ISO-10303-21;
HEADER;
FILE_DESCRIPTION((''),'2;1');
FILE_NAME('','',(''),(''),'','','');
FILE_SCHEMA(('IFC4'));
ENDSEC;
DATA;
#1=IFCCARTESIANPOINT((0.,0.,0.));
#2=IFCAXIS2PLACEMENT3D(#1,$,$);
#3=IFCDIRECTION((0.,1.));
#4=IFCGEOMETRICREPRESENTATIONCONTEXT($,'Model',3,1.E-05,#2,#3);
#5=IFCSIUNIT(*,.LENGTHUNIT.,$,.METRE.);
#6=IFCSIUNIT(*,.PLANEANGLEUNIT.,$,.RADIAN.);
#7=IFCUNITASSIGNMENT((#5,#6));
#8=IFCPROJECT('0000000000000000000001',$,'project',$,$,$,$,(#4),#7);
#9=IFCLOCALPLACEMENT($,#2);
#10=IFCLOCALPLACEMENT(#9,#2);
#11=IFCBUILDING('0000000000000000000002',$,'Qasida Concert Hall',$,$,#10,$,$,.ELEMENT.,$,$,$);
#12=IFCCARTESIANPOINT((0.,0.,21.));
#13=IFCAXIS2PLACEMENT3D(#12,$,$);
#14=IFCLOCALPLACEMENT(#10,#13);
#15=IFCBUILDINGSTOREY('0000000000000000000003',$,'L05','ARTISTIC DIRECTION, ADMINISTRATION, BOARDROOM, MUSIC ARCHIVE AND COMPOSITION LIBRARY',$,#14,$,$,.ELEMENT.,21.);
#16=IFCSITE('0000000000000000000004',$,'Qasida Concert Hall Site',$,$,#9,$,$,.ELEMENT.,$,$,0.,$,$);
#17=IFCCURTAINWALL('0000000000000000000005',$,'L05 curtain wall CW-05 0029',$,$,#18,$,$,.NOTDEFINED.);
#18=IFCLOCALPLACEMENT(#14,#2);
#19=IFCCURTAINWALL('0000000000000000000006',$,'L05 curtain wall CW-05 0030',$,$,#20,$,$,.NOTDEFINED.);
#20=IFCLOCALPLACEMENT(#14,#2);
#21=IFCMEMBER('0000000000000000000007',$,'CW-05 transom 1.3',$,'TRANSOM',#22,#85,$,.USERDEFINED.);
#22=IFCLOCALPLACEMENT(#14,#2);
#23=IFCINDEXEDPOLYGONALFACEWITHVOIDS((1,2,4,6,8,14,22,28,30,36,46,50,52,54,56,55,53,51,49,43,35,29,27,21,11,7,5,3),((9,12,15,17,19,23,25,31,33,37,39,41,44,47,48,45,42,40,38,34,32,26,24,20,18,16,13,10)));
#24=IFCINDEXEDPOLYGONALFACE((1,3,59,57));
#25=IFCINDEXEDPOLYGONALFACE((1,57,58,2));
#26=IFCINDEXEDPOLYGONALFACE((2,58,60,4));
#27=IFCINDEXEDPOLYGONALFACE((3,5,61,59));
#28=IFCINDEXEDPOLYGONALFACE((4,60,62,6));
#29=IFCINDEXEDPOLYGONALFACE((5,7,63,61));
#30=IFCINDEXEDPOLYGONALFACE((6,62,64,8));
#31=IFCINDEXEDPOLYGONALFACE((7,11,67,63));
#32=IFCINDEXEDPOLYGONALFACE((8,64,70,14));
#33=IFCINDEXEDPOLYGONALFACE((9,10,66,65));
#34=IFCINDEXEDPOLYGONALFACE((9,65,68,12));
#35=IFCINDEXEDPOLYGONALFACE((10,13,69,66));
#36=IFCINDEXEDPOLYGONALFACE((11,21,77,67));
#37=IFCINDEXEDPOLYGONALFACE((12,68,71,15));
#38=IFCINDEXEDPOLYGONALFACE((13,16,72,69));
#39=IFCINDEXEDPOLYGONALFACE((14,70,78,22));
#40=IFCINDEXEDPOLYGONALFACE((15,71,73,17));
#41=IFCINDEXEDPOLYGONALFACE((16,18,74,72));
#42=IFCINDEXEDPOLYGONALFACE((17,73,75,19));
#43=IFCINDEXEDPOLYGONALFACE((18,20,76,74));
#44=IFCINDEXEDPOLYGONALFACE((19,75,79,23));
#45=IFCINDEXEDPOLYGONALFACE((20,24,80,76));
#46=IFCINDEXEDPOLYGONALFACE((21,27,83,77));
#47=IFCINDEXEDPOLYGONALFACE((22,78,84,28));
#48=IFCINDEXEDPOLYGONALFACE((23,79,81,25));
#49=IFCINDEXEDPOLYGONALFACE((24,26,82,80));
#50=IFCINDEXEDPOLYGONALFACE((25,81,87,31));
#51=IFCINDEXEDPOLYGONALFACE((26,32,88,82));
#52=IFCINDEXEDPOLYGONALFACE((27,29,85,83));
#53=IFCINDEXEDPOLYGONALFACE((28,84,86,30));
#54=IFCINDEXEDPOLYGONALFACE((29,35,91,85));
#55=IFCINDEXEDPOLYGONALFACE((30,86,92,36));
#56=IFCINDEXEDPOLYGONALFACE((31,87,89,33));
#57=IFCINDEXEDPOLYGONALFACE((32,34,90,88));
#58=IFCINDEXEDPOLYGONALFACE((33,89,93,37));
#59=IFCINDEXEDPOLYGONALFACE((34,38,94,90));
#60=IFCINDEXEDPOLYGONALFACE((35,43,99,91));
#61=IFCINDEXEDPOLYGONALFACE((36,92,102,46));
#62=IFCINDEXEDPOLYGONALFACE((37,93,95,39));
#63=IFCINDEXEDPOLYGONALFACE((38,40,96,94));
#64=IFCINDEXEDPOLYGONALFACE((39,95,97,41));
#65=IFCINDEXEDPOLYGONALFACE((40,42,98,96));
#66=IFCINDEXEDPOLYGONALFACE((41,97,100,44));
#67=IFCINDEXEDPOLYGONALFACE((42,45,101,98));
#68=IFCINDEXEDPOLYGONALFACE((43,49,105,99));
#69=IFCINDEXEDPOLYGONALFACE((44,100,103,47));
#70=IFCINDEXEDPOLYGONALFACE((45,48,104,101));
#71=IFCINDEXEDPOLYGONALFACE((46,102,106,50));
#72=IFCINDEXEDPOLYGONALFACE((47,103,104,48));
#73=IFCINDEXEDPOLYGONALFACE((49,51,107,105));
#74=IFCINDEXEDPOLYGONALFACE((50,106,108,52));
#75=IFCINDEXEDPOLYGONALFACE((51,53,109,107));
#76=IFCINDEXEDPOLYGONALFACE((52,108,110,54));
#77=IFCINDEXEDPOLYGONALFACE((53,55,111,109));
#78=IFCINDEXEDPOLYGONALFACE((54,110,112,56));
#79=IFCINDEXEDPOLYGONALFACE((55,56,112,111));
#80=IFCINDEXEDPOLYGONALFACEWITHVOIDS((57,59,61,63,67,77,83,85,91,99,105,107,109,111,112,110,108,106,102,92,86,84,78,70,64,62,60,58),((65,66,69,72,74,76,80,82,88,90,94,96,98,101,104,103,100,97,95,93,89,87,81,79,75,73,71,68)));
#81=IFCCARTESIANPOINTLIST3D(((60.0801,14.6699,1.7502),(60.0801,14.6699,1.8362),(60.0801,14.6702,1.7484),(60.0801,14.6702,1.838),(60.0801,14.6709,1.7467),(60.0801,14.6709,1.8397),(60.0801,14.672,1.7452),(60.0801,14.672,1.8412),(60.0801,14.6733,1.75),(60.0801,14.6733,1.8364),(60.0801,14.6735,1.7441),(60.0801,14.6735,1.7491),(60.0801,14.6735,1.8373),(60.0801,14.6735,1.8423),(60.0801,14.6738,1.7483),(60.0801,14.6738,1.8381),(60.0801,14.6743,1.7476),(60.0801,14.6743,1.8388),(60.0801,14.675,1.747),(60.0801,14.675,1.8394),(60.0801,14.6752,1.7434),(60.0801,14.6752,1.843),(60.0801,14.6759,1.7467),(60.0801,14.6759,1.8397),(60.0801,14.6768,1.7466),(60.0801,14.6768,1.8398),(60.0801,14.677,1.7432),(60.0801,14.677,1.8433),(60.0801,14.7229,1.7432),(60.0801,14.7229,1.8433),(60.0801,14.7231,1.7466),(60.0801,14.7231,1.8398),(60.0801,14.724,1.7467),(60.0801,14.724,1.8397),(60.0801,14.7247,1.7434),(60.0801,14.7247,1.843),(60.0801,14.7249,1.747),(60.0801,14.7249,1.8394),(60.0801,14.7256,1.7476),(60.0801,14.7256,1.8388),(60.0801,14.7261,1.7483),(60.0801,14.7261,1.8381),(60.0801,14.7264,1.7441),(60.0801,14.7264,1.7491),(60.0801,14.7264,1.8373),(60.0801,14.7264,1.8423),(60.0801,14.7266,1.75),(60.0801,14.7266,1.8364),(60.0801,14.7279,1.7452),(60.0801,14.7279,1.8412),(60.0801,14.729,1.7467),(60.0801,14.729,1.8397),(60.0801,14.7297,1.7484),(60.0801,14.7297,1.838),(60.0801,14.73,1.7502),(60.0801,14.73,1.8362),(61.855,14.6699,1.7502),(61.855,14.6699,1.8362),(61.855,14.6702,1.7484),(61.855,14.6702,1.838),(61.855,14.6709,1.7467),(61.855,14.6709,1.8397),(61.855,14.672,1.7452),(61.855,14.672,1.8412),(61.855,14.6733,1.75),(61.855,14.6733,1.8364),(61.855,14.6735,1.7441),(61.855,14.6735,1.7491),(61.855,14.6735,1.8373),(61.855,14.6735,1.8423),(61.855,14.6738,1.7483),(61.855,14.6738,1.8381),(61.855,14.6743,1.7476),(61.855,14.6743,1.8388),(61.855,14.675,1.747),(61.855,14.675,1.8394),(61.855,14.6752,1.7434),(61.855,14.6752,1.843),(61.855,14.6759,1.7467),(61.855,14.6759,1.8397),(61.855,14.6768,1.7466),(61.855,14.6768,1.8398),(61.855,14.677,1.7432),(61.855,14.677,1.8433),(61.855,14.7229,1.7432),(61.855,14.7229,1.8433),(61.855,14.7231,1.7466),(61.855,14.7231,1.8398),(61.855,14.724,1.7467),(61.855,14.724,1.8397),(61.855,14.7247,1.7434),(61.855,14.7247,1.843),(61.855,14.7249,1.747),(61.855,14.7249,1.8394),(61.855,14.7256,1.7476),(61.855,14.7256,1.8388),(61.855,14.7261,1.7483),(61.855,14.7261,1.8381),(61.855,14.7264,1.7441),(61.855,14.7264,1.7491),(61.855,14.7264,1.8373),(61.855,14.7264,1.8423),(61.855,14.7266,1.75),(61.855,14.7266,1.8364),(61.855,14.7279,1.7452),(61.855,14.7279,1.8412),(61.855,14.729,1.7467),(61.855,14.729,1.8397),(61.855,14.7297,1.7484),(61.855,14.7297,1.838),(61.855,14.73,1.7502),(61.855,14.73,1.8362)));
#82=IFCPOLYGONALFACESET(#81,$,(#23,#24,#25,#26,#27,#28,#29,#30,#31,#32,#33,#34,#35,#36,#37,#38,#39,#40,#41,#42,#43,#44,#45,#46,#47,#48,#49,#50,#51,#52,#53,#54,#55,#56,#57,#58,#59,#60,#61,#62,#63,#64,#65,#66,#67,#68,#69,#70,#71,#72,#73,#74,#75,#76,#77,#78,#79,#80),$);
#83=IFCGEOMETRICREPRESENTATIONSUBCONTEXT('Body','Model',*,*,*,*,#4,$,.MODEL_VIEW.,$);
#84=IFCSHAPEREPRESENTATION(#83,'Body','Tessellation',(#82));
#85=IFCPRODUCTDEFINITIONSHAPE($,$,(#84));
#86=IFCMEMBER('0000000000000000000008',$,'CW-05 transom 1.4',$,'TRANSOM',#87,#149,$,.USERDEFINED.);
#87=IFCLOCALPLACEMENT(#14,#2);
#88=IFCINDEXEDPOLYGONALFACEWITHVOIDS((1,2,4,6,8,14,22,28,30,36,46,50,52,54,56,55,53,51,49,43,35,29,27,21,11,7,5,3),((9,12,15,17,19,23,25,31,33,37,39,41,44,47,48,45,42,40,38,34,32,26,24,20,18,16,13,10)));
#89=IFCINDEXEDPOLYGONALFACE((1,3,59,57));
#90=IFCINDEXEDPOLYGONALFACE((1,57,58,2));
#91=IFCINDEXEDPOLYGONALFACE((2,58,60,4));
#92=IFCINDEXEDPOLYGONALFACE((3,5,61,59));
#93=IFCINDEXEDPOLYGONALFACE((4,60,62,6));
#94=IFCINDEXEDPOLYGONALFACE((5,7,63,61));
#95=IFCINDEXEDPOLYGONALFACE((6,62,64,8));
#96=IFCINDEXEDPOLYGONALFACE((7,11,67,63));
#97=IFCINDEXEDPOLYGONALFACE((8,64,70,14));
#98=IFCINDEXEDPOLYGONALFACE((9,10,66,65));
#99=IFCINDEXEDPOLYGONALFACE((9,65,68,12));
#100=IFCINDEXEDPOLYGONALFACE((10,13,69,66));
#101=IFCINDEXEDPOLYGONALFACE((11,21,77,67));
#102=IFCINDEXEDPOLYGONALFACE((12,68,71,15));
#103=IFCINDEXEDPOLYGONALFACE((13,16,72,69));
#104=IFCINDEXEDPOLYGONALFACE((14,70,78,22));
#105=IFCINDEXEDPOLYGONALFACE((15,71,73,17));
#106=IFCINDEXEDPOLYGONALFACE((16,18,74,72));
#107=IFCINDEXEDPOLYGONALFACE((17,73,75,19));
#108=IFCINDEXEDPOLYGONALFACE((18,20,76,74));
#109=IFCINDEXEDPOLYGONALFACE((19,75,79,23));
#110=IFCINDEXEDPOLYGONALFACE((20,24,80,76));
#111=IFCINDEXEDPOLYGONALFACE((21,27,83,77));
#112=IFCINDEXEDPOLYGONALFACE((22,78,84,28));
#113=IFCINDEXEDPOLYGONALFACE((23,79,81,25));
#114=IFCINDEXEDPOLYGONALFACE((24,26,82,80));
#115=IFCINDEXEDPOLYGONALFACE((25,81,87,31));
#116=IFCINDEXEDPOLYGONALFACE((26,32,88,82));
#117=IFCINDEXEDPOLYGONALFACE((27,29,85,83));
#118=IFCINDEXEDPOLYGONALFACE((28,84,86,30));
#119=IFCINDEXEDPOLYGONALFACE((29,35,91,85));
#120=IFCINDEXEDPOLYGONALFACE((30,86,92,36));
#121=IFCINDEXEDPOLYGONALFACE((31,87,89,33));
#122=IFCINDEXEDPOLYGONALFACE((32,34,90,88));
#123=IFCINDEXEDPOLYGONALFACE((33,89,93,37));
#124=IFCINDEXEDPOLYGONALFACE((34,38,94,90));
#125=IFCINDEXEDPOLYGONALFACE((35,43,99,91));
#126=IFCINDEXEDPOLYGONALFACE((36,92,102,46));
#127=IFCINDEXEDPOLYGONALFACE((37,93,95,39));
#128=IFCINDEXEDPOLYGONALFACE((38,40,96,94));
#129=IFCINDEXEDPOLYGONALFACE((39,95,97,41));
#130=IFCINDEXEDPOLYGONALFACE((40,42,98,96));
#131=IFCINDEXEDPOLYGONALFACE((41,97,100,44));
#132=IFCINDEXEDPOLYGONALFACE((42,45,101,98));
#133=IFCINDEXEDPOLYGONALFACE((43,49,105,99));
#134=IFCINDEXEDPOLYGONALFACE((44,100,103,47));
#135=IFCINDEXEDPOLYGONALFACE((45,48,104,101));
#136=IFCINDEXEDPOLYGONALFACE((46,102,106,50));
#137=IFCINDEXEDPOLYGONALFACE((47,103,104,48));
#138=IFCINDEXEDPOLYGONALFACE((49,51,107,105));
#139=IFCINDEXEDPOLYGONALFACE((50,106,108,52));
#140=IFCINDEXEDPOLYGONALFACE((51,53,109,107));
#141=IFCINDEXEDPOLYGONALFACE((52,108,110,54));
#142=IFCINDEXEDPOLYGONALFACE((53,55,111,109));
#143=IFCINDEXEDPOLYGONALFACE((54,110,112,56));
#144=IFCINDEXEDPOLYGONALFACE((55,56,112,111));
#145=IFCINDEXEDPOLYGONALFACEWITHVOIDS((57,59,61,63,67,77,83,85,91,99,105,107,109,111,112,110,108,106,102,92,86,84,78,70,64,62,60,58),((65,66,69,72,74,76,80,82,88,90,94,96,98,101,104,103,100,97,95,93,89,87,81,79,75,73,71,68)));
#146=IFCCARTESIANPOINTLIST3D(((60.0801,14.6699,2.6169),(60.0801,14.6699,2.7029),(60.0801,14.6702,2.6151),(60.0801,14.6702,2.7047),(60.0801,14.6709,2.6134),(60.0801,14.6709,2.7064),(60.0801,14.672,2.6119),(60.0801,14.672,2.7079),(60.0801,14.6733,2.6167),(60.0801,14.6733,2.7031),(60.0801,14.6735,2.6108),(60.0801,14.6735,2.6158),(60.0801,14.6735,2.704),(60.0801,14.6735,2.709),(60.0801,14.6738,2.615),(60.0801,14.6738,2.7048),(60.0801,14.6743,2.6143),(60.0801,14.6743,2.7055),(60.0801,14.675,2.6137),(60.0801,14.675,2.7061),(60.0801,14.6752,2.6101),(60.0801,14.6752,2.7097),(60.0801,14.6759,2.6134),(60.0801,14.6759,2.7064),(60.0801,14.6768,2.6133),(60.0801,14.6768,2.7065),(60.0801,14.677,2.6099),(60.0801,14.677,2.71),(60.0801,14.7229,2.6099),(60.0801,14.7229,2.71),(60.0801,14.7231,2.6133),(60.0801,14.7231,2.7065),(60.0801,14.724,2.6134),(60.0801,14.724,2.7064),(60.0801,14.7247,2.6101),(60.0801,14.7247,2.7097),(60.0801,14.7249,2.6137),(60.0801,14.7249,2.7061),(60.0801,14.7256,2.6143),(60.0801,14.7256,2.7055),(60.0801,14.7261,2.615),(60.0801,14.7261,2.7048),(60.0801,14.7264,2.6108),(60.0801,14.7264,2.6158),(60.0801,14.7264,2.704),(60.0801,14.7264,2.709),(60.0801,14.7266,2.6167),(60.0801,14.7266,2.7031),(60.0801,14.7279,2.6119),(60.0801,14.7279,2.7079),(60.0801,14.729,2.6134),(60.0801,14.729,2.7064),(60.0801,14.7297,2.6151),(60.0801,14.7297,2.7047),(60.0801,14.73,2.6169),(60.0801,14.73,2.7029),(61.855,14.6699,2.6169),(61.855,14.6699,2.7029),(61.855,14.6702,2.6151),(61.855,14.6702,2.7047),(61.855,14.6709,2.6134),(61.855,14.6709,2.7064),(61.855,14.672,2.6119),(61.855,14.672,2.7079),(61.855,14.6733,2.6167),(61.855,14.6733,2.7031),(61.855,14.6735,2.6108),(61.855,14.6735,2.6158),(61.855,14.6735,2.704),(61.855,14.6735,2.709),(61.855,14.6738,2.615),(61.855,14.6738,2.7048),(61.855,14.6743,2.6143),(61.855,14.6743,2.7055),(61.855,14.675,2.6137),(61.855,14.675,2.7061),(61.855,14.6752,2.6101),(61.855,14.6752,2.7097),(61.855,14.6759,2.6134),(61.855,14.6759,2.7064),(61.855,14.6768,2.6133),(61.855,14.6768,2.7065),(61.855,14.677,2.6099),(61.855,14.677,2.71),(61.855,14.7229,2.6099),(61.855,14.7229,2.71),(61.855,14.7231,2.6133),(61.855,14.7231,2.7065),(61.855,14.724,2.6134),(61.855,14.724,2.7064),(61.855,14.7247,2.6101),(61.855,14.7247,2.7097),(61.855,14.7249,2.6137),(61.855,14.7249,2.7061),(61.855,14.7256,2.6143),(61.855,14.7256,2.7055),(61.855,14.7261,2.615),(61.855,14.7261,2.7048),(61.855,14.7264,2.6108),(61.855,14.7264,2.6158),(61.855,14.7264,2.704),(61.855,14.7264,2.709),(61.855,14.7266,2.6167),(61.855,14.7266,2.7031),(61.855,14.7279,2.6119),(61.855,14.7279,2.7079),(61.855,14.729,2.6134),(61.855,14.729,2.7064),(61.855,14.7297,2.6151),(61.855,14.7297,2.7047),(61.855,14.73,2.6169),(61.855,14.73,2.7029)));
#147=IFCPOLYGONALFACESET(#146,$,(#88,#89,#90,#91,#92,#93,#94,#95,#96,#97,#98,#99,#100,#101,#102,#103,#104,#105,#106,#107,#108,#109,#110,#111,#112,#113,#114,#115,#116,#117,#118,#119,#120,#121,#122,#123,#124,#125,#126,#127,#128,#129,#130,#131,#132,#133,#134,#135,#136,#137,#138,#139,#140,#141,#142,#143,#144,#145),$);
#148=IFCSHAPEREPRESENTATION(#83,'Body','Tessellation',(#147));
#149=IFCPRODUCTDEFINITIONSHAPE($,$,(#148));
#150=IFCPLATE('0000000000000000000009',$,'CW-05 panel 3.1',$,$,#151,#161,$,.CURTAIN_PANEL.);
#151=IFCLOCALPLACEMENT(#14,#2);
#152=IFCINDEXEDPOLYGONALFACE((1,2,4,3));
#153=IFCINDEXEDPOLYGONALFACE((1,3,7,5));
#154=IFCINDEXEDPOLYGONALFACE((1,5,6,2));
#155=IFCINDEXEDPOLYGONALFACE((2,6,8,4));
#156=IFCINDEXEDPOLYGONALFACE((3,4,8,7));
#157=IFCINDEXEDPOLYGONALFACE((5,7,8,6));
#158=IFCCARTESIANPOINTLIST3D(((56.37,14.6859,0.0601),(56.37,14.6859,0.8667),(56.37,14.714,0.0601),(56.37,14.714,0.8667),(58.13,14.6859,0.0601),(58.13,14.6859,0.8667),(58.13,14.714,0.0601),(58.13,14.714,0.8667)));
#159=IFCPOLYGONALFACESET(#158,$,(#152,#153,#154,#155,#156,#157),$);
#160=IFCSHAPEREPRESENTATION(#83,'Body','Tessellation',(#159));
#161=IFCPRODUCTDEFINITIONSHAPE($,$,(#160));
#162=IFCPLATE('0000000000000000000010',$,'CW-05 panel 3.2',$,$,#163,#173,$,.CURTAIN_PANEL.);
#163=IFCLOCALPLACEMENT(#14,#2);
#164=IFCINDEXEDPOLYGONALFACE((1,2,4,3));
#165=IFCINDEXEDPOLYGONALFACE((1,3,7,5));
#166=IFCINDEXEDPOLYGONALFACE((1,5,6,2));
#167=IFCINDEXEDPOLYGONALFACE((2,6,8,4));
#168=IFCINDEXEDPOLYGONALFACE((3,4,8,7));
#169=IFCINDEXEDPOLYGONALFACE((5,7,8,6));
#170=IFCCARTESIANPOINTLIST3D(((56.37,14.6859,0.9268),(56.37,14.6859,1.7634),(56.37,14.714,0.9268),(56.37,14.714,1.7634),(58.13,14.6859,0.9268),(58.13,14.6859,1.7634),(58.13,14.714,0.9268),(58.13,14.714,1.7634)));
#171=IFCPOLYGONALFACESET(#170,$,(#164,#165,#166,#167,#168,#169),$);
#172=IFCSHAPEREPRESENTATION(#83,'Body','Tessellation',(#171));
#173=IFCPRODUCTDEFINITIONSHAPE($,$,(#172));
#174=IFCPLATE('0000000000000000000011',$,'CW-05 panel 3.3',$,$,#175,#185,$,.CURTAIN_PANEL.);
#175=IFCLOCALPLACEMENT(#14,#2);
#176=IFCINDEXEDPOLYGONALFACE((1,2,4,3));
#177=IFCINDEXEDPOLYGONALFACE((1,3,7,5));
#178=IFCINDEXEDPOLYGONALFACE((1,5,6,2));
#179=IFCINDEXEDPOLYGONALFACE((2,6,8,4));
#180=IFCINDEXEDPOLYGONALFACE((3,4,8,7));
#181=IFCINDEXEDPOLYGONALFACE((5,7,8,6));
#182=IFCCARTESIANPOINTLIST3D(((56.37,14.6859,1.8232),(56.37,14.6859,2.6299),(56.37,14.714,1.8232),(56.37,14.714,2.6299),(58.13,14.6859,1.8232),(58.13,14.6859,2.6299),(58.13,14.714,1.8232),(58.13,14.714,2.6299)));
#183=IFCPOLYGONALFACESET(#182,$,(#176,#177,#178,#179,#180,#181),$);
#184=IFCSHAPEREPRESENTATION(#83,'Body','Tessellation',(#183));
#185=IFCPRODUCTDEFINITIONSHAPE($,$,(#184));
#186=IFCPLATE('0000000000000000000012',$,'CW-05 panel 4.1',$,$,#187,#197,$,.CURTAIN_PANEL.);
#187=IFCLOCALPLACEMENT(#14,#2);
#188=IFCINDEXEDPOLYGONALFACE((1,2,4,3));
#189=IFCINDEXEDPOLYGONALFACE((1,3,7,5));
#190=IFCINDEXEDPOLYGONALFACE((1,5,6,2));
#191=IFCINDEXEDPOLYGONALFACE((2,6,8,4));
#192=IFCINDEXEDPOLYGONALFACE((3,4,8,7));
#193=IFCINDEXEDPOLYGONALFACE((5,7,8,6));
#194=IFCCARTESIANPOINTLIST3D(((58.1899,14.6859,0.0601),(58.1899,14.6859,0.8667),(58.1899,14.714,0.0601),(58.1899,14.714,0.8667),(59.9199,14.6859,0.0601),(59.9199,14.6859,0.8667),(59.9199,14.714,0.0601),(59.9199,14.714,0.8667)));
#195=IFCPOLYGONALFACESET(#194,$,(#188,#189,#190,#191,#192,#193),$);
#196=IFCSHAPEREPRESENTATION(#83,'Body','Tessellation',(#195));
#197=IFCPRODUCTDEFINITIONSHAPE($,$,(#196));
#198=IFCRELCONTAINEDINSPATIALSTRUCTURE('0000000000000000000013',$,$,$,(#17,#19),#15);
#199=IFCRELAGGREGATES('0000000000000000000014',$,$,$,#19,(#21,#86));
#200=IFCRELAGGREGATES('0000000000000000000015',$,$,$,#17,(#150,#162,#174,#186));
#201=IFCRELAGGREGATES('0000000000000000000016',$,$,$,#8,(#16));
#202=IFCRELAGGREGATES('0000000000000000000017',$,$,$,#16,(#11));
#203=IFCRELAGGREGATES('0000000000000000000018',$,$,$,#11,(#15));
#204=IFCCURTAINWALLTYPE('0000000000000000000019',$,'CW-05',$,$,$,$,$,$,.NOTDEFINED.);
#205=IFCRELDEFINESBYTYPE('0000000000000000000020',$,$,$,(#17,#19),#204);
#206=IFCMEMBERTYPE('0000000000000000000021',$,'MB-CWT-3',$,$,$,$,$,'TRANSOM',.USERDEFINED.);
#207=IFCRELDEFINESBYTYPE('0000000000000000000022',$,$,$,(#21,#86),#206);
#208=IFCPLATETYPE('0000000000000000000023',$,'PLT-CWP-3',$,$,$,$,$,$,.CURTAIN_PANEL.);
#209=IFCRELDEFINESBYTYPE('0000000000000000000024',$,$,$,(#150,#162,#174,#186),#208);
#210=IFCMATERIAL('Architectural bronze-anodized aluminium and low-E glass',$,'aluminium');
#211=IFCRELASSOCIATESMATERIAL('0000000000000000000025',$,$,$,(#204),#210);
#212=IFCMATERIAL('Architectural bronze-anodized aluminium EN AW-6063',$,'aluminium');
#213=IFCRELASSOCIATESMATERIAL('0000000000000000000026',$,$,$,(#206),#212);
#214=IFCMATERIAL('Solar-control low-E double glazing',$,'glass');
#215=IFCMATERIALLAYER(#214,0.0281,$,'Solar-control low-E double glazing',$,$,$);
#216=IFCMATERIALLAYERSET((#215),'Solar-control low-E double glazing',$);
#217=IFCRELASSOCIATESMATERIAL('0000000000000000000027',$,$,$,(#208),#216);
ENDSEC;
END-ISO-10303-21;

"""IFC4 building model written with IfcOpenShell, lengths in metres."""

from ifc_helpers import new_model, si_unit, direction, frame, origin, origin_2d, place, context, subcontext, project, spatial, rectangle, hollow_rectangle, extrude, material, layer, layer_set, material_profile, profile_set, type_object, element, aggregate, save


model = new_model("IFC4")

# Units and contexts
model_context = context("Model", 3, precision=1e-05, world=origin(), true_north=direction((0.0, 1.0)))
body_context = subcontext(model_context, "Body", "Model", "MODEL_VIEW")
ifc_project = project(units=[si_unit("LENGTHUNIT", "METRE"), si_unit("PLANEANGLEUNIT", "RADIAN")], contexts=[model_context])

# Site, building, storey
site_placement = place(None, origin())
site = spatial("IfcSite", under=ifc_project, at=site_placement, Name="Qasida Concert Hall Site", CompositionType="ELEMENT", RefElevation=0.0)
building_placement = place(site_placement, origin())
building = spatial("IfcBuilding", under=site, at=building_placement, Name="Qasida Concert Hall", CompositionType="ELEMENT")
storey_placement = place(building_placement, frame((0.0, 0.0, 21.0)))
storey = spatial("IfcBuildingStorey", under=building, at=storey_placement, Name="L05", Description="ARTISTIC DIRECTION, ADMINISTRATION, BOARDROOM, MUSIC ARCHIVE AND COMPOSITION LIBRARY", CompositionType="ELEMENT", Elevation=21.0)

# Curtain wall
ifc_material_1 = material(Name="Architectural bronze-anodized aluminium and low-E glass", Category="aluminium")
curtain_wall_type = type_object("IfcCurtainWallType", Name="CW-05", PredefinedType="NOTDEFINED", material=ifc_material_1)
curtain_wall_1_placement = place(storey_placement, origin())
curtain_wall_1 = element("IfcCurtainWall", 1, at=curtain_wall_1_placement, inside=storey, type_object=curtain_wall_type, Name="L05 curtain wall CW-05 0029", PredefinedType="NOTDEFINED")
ifc_material_2 = material(Name="Architectural bronze-anodized aluminium EN AW-6063", Category="aluminium")

# Curtain wall
curtain_wall_2_placement = place(storey_placement, origin())
curtain_wall_2 = element("IfcCurtainWall", 2, at=curtain_wall_2_placement, inside=storey, type_object=curtain_wall_type, Name="L05 curtain wall CW-05 0030", PredefinedType="NOTDEFINED")

# Members
ifc_material_profile_1 = material_profile(ifc_material_2, hollow_rectangle(XDim=0.0601, YDim=0.1001, WallThickness=0.0034, InnerFilletRadius=0.0034, OuterFilletRadius=0.0071, at=origin_2d()), Name="CWT 100x60x3.5")
ifc_profile_set_1 = profile_set([ifc_material_profile_1], Name="Architectural bronze-anodized aluminium EN AW-6063")
member_type_1 = type_object("IfcMemberType", Name="MB-CWT-3", ElementType="TRANSOM", PredefinedType="USERDEFINED", material=ifc_profile_set_1)
member_1_placement = place(storey_placement, frame((60.0801, 14.7, 1.7932), z_axis=(1.0, 0.0, 0.0), x_axis=(0.0, 1.0, 0.0)))
member_1 = element("IfcMember", 3, at=member_1_placement, type_object=member_type_1, Name="CW-05 transom 1.3", ObjectType="TRANSOM", PredefinedType="USERDEFINED", context=body_context, shape_type="SweptSolid", body=[
    extrude(hollow_rectangle(XDim=0.0601, YDim=0.1001, WallThickness=0.0034, InnerFilletRadius=0.0034, OuterFilletRadius=0.0071, at=origin_2d()), origin(), (0.0, 0.0, 1.0), 1.7749),
])
member_2_placement = place(storey_placement, frame((60.0801, 14.7, 2.6599), z_axis=(1.0, 0.0, 0.0), x_axis=(0.0, 1.0, 0.0)))
member_2 = element("IfcMember", 4, at=member_2_placement, type_object=member_type_1, Name="CW-05 transom 1.4", ObjectType="TRANSOM", PredefinedType="USERDEFINED", context=body_context, shape_type="SweptSolid", body=[
    extrude(hollow_rectangle(XDim=0.0601, YDim=0.1001, WallThickness=0.0034, InnerFilletRadius=0.0034, OuterFilletRadius=0.0071, at=origin_2d()), origin(), (0.0, 0.0, 1.0), 1.7749),
])
aggregate(curtain_wall_2, [member_1, member_2])

# Plates
ifc_material_3 = material(Name="Solar-control low-E double glazing", Category="glass")
ifc_layer_1 = layer(ifc_material_3, 0.0281, Name="Solar-control low-E double glazing")
ifc_layer_set_1 = layer_set([ifc_layer_1], Name="Solar-control low-E double glazing")
plate_type = type_object("IfcPlateType", Name="PLT-CWP-3", PredefinedType="CURTAIN_PANEL", material=ifc_layer_set_1)
plate_1_placement = place(storey_placement, frame((57.25, 14.7, 0.0601), z_axis=(0.0, 0.0, 1.0), x_axis=(1.0, 0.0, 0.0)))
plate_1 = element("IfcPlate", 5, at=plate_1_placement, type_object=plate_type, Name="CW-05 panel 3.1", PredefinedType="CURTAIN_PANEL", context=body_context, shape_type="SweptSolid", body=[
    extrude(rectangle(XDim=1.76, YDim=0.0281, at=origin_2d()), origin(), (0.0, 0.0, 1.0), 0.8066),
])
plate_2_placement = place(storey_placement, frame((57.25, 14.7, 0.9268), z_axis=(0.0, 0.0, 1.0), x_axis=(1.0, 0.0, 0.0)))
plate_2 = element("IfcPlate", 6, at=plate_2_placement, type_object=plate_type, Name="CW-05 panel 3.2", PredefinedType="CURTAIN_PANEL", context=body_context, shape_type="SweptSolid", body=[
    extrude(rectangle(XDim=1.76, YDim=0.0281, at=origin_2d()), origin(), (0.0, 0.0, 1.0), 0.8367),
])
plate_3_placement = place(storey_placement, frame((57.25, 14.7, 1.8232), z_axis=(0.0, 0.0, 1.0), x_axis=(1.0, 0.0, 0.0)))
plate_3 = element("IfcPlate", 7, at=plate_3_placement, type_object=plate_type, Name="CW-05 panel 3.3", PredefinedType="CURTAIN_PANEL", context=body_context, shape_type="SweptSolid", body=[
    extrude(rectangle(XDim=1.76, YDim=0.0281, at=origin_2d()), origin(), (0.0, 0.0, 1.0), 0.8066),
])
plate_4_placement = place(storey_placement, frame((59.0549, 14.7, 0.0601), z_axis=(0.0, 0.0, 1.0), x_axis=(1.0, 0.0, 0.0)))
plate_4 = element("IfcPlate", 8, at=plate_4_placement, type_object=plate_type, Name="CW-05 panel 4.1", PredefinedType="CURTAIN_PANEL", context=body_context, shape_type="SweptSolid", body=[
    extrude(rectangle(XDim=1.73, YDim=0.0281, at=origin_2d()), origin(), (0.0, 0.0, 1.0), 0.8066),
])
aggregate(curtain_wall_1, [plate_1, plate_2, plate_3, plate_4])

save(model, "model.ifc")
